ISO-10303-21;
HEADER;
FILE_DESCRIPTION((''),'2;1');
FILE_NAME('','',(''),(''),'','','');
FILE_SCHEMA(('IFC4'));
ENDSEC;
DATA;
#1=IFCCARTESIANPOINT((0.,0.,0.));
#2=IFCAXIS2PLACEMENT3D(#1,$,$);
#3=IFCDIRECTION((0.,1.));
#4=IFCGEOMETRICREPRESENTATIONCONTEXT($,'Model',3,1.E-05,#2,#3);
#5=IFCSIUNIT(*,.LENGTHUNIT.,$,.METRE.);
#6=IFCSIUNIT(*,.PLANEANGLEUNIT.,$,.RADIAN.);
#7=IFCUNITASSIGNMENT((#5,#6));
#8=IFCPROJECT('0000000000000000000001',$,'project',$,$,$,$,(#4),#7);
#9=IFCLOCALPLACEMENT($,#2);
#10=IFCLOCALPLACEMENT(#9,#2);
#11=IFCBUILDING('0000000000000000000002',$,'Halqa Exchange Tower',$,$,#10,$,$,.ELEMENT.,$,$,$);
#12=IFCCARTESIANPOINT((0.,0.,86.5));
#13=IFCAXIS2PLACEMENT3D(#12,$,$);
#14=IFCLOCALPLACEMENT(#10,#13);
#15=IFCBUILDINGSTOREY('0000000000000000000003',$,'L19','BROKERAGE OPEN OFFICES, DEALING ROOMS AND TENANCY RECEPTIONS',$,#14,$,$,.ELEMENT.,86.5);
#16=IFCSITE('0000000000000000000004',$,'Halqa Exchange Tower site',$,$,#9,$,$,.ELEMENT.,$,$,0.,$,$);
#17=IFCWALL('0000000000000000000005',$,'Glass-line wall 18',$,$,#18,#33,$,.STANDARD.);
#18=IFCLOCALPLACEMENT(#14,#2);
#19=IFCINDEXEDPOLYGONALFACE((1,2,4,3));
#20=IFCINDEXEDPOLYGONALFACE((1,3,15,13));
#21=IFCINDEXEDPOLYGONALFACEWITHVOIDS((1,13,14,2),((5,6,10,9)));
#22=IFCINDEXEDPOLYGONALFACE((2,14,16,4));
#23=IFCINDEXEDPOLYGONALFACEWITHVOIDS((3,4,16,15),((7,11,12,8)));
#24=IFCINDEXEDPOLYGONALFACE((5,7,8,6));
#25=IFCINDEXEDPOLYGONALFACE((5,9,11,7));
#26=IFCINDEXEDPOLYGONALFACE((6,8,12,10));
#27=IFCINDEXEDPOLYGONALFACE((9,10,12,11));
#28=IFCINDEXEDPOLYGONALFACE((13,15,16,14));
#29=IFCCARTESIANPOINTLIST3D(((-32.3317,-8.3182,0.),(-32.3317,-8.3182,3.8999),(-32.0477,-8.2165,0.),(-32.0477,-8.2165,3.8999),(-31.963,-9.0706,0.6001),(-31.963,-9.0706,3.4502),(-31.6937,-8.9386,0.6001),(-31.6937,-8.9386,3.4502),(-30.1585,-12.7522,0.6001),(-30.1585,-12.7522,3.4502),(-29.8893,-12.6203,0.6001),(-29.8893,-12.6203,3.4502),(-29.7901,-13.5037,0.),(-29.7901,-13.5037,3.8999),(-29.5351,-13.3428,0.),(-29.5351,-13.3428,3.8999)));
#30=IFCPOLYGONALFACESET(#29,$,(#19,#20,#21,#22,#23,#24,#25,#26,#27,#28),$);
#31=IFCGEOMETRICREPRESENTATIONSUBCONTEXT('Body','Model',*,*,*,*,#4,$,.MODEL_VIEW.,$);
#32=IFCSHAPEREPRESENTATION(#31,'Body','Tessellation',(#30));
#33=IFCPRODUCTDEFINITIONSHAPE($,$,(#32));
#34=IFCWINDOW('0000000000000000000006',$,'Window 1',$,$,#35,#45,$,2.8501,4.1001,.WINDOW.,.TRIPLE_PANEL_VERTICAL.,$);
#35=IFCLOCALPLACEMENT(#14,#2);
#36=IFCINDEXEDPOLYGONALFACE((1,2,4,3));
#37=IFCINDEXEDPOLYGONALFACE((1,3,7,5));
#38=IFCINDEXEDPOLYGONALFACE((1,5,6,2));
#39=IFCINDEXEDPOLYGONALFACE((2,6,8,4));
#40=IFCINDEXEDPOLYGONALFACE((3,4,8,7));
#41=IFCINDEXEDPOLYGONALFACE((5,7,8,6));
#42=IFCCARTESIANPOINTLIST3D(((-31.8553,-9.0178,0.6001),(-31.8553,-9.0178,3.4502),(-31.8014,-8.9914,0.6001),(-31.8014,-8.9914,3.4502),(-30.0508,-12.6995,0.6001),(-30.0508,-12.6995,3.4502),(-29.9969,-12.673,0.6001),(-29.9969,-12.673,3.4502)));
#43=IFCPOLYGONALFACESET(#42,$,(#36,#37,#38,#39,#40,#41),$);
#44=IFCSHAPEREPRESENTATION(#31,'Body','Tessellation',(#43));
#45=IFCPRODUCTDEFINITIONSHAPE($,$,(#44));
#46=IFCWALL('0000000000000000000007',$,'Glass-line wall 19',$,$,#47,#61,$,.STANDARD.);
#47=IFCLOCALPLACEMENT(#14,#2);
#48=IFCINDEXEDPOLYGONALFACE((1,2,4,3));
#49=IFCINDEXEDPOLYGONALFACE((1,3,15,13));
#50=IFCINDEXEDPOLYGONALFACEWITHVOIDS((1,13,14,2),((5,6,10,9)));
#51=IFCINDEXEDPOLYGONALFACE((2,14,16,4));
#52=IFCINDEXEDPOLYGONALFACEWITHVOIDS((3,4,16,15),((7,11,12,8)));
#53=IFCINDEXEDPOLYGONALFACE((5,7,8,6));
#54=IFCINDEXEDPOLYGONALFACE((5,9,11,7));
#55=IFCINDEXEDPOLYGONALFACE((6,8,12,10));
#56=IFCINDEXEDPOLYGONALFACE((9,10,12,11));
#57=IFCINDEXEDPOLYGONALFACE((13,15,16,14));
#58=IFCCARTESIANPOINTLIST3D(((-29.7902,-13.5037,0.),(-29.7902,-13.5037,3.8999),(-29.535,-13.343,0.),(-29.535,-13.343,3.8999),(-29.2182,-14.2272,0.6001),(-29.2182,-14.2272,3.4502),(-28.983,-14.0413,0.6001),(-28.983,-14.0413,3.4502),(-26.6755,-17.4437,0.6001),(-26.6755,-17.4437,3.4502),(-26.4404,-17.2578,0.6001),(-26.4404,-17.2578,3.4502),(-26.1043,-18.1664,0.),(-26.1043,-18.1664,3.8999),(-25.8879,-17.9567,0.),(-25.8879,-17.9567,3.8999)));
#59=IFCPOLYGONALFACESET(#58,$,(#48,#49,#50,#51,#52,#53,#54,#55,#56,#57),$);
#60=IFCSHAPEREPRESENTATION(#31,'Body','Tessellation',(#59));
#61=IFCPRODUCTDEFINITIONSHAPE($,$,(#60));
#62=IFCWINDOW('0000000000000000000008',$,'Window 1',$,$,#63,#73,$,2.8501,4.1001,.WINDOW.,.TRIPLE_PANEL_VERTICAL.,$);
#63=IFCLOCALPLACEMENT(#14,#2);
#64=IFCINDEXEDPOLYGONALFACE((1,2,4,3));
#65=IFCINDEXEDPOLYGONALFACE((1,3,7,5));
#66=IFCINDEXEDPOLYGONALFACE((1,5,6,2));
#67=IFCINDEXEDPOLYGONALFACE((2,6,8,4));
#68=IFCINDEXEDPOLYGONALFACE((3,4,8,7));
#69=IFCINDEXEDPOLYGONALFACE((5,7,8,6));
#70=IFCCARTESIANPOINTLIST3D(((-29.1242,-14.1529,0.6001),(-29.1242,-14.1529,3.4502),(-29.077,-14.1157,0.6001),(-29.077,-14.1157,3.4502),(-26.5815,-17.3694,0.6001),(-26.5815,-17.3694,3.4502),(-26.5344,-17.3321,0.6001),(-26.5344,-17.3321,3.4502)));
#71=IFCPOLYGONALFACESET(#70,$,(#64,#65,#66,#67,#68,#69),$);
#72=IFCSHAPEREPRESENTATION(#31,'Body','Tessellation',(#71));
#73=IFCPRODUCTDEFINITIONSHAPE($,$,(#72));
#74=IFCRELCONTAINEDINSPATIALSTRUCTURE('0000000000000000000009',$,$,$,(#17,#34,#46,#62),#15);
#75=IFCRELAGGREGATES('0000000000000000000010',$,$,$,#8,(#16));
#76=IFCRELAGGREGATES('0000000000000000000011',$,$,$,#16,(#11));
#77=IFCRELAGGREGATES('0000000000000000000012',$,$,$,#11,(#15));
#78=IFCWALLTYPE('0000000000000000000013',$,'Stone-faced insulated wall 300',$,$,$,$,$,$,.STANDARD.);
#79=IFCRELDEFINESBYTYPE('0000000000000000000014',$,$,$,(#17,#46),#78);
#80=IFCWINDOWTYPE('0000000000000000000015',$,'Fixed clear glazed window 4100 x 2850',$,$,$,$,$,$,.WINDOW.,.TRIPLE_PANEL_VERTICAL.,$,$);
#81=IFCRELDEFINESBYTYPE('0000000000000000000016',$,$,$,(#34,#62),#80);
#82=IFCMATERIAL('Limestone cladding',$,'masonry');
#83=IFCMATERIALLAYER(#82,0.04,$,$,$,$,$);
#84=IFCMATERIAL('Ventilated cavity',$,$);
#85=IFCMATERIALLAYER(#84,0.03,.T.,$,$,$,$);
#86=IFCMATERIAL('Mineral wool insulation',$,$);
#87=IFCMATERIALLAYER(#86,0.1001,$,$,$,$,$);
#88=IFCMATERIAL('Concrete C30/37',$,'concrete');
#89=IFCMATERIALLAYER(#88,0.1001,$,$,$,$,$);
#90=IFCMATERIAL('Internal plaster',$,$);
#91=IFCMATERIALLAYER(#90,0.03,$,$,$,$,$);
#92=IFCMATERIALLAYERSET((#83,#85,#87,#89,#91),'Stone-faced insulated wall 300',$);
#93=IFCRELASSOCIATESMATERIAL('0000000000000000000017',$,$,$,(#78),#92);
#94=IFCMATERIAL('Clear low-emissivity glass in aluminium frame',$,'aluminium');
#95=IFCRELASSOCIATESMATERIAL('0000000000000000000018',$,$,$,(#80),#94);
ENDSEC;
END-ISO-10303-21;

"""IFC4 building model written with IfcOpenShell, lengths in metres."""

from ifc_helpers import new_model, si_unit, direction, frame, frame_2d, origin, place, context, subcontext, project, spatial, polyline, rectangle, outline, extrude, material, layer, layer_set, type_object, element, fill, save


model = new_model("IFC4")

# Units and contexts
model_context = context("Model", 3, precision=1e-05, world=origin(), true_north=direction((0.0, 1.0)))
body_context = subcontext(model_context, "Body", "Model", "MODEL_VIEW")
ifc_project = project(units=[si_unit("LENGTHUNIT", "METRE"), si_unit("PLANEANGLEUNIT", "RADIAN")], contexts=[model_context])

# Site, building, storey
site_placement = place(None, origin())
site = spatial("IfcSite", under=ifc_project, at=site_placement, Name="Halqa Exchange Tower site", CompositionType="ELEMENT", RefElevation=0.0)
building_placement = place(site_placement, origin())
building = spatial("IfcBuilding", under=site, at=building_placement, Name="Halqa Exchange Tower", CompositionType="ELEMENT")
storey_placement = place(building_placement, frame((0.0, 0.0, 86.5)))
storey = spatial("IfcBuildingStorey", under=building, at=storey_placement, Name="L19", Description="BROKERAGE OPEN OFFICES, DEALING ROOMS AND TENANCY RECEPTIONS", CompositionType="ELEMENT", Elevation=86.5)

# Walls, openings, windows
ifc_material_1 = material(Name="Limestone cladding", Category="masonry")
ifc_layer_1 = layer(ifc_material_1, 0.04)
ifc_material_2 = material(Name="Ventilated cavity")
ifc_layer_2 = layer(ifc_material_2, 0.03, ventilated=True)
ifc_material_3 = material(Name="Mineral wool insulation")
ifc_layer_3 = layer(ifc_material_3, 0.1001)
ifc_material_4 = material(Name="Concrete C30/37", Category="concrete")
ifc_layer_4 = layer(ifc_material_4, 0.1001)
ifc_material_5 = material(Name="Internal plaster")
ifc_layer_5 = layer(ifc_material_5, 0.03)
ifc_layer_set_1 = layer_set([ifc_layer_1, ifc_layer_2, ifc_layer_3, ifc_layer_4, ifc_layer_5], Name="Stone-faced insulated wall 300")
wall_type_1 = type_object("IfcWallType", Name="Stone-faced insulated wall 300", PredefinedType="STANDARD", material=ifc_layer_set_1)
ifc_material_6 = material(Name="Clear low-emissivity glass in aluminium frame", Category="aluminium")
window_type = type_object("IfcWindowType", Name="Fixed clear glazed window 4100 x 2850", PartitioningType="TRIPLE_PANEL_VERTICAL", PredefinedType="WINDOW", material=ifc_material_6)
wall_1_placement = place(storey_placement, frame((-32.1897, -8.2673, 0.0), z_axis=(0.0, 0.0, 1.0), x_axis=(0.440107, -0.897945, 0.0)))
wall_1 = element("IfcWall", 1, at=wall_1_placement, inside=storey, type_object=wall_type_1, Name="Glass-line wall 18", PredefinedType="STANDARD", context=body_context, shape_type="SweptSolid", body=[
    extrude(outline(polyline([(-0.0168, -0.1499), (5.7581, -0.1499), (5.7258, 0.1499), (0.0168, 0.1499), (-0.0168, -0.1499)])), origin(), (0.0, 0.0, 1.0), 3.8999),
])
opening_1_placement = place(wall_1_placement, frame((0.821, 0.0, 0.6001)))
opening_1 = element("IfcOpeningElement", 2, at=opening_1_placement, cuts=wall_1, PredefinedType="OPENING", context=body_context, shape_type="SweptSolid", body=[
    extrude(rectangle(XDim=4.1001, YDim=2.8501, at=frame_2d((2.05, 1.425))), frame((0.0, 0.1621, 0.0), z_axis=(0.0, -1.0, 0.0), x_axis=(1.0, 0.0, 0.0)), (0.0, 0.0, 1.0), 0.324),
])
window_1_placement = place(opening_1_placement, origin())
window_1 = element("IfcWindow", 3, at=window_1_placement, inside=storey, type_object=window_type, Name="Window 1", OverallHeight=2.8501, OverallWidth=4.1001, PartitioningType="TRIPLE_PANEL_VERTICAL", PredefinedType="WINDOW", context=body_context, shape_type="SweptSolid", body=[
    extrude(rectangle(XDim=4.1001, YDim=2.8501, at=frame_2d((2.05, 1.425))), frame((0.0, 0.03, 0.0), z_axis=(0.0, -1.0, 0.0), x_axis=(1.0, 0.0, 0.0)), (0.0, 0.0, 1.0), 0.0601),
])
fill(opening_1, window_1)
wall_2_placement = place(storey_placement, frame((-29.6626, -13.4233, 0.0), z_axis=(0.0, 0.0, 1.0), x_axis=(0.620142, -0.784489, 0.0)))
wall_2 = element("IfcWall", 4, at=wall_2_placement, inside=storey, type_object=wall_type_1, Name="Glass-line wall 19", PredefinedType="STANDARD", context=body_context, shape_type="SweptSolid", body=[
    extrude(outline(polyline([(-0.0161, -0.1499), (5.9275, -0.1499), (5.8972, 0.1499), (0.0161, 0.1499), (-0.0161, -0.1499)])), origin(), (0.0, 0.0, 1.0), 3.8999),
])
opening_2_placement = place(wall_2_placement, frame((0.9062, 0.0, 0.6001)))
opening_2 = element("IfcOpeningElement", 5, at=opening_2_placement, cuts=wall_2, PredefinedType="OPENING", context=body_context, shape_type="SweptSolid", body=[
    extrude(rectangle(XDim=4.1001, YDim=2.8501, at=frame_2d((2.05, 1.425))), frame((0.0, 0.1621, 0.0), z_axis=(0.0, -1.0, 0.0), x_axis=(1.0, 0.0, 0.0)), (0.0, 0.0, 1.0), 0.324),
])
window_2_placement = place(opening_2_placement, origin())
window_2 = element("IfcWindow", 6, at=window_2_placement, inside=storey, type_object=window_type, Name="Window 1", OverallHeight=2.8501, OverallWidth=4.1001, PartitioningType="TRIPLE_PANEL_VERTICAL", PredefinedType="WINDOW", context=body_context, shape_type="SweptSolid", body=[
    extrude(rectangle(XDim=4.1001, YDim=2.8501, at=frame_2d((2.05, 1.425))), frame((0.0, 0.03, 0.0), z_axis=(0.0, -1.0, 0.0), x_axis=(1.0, 0.0, 0.0)), (0.0, 0.0, 1.0), 0.0601),
])
fill(opening_2, window_2)

save(model, "model.ifc")
